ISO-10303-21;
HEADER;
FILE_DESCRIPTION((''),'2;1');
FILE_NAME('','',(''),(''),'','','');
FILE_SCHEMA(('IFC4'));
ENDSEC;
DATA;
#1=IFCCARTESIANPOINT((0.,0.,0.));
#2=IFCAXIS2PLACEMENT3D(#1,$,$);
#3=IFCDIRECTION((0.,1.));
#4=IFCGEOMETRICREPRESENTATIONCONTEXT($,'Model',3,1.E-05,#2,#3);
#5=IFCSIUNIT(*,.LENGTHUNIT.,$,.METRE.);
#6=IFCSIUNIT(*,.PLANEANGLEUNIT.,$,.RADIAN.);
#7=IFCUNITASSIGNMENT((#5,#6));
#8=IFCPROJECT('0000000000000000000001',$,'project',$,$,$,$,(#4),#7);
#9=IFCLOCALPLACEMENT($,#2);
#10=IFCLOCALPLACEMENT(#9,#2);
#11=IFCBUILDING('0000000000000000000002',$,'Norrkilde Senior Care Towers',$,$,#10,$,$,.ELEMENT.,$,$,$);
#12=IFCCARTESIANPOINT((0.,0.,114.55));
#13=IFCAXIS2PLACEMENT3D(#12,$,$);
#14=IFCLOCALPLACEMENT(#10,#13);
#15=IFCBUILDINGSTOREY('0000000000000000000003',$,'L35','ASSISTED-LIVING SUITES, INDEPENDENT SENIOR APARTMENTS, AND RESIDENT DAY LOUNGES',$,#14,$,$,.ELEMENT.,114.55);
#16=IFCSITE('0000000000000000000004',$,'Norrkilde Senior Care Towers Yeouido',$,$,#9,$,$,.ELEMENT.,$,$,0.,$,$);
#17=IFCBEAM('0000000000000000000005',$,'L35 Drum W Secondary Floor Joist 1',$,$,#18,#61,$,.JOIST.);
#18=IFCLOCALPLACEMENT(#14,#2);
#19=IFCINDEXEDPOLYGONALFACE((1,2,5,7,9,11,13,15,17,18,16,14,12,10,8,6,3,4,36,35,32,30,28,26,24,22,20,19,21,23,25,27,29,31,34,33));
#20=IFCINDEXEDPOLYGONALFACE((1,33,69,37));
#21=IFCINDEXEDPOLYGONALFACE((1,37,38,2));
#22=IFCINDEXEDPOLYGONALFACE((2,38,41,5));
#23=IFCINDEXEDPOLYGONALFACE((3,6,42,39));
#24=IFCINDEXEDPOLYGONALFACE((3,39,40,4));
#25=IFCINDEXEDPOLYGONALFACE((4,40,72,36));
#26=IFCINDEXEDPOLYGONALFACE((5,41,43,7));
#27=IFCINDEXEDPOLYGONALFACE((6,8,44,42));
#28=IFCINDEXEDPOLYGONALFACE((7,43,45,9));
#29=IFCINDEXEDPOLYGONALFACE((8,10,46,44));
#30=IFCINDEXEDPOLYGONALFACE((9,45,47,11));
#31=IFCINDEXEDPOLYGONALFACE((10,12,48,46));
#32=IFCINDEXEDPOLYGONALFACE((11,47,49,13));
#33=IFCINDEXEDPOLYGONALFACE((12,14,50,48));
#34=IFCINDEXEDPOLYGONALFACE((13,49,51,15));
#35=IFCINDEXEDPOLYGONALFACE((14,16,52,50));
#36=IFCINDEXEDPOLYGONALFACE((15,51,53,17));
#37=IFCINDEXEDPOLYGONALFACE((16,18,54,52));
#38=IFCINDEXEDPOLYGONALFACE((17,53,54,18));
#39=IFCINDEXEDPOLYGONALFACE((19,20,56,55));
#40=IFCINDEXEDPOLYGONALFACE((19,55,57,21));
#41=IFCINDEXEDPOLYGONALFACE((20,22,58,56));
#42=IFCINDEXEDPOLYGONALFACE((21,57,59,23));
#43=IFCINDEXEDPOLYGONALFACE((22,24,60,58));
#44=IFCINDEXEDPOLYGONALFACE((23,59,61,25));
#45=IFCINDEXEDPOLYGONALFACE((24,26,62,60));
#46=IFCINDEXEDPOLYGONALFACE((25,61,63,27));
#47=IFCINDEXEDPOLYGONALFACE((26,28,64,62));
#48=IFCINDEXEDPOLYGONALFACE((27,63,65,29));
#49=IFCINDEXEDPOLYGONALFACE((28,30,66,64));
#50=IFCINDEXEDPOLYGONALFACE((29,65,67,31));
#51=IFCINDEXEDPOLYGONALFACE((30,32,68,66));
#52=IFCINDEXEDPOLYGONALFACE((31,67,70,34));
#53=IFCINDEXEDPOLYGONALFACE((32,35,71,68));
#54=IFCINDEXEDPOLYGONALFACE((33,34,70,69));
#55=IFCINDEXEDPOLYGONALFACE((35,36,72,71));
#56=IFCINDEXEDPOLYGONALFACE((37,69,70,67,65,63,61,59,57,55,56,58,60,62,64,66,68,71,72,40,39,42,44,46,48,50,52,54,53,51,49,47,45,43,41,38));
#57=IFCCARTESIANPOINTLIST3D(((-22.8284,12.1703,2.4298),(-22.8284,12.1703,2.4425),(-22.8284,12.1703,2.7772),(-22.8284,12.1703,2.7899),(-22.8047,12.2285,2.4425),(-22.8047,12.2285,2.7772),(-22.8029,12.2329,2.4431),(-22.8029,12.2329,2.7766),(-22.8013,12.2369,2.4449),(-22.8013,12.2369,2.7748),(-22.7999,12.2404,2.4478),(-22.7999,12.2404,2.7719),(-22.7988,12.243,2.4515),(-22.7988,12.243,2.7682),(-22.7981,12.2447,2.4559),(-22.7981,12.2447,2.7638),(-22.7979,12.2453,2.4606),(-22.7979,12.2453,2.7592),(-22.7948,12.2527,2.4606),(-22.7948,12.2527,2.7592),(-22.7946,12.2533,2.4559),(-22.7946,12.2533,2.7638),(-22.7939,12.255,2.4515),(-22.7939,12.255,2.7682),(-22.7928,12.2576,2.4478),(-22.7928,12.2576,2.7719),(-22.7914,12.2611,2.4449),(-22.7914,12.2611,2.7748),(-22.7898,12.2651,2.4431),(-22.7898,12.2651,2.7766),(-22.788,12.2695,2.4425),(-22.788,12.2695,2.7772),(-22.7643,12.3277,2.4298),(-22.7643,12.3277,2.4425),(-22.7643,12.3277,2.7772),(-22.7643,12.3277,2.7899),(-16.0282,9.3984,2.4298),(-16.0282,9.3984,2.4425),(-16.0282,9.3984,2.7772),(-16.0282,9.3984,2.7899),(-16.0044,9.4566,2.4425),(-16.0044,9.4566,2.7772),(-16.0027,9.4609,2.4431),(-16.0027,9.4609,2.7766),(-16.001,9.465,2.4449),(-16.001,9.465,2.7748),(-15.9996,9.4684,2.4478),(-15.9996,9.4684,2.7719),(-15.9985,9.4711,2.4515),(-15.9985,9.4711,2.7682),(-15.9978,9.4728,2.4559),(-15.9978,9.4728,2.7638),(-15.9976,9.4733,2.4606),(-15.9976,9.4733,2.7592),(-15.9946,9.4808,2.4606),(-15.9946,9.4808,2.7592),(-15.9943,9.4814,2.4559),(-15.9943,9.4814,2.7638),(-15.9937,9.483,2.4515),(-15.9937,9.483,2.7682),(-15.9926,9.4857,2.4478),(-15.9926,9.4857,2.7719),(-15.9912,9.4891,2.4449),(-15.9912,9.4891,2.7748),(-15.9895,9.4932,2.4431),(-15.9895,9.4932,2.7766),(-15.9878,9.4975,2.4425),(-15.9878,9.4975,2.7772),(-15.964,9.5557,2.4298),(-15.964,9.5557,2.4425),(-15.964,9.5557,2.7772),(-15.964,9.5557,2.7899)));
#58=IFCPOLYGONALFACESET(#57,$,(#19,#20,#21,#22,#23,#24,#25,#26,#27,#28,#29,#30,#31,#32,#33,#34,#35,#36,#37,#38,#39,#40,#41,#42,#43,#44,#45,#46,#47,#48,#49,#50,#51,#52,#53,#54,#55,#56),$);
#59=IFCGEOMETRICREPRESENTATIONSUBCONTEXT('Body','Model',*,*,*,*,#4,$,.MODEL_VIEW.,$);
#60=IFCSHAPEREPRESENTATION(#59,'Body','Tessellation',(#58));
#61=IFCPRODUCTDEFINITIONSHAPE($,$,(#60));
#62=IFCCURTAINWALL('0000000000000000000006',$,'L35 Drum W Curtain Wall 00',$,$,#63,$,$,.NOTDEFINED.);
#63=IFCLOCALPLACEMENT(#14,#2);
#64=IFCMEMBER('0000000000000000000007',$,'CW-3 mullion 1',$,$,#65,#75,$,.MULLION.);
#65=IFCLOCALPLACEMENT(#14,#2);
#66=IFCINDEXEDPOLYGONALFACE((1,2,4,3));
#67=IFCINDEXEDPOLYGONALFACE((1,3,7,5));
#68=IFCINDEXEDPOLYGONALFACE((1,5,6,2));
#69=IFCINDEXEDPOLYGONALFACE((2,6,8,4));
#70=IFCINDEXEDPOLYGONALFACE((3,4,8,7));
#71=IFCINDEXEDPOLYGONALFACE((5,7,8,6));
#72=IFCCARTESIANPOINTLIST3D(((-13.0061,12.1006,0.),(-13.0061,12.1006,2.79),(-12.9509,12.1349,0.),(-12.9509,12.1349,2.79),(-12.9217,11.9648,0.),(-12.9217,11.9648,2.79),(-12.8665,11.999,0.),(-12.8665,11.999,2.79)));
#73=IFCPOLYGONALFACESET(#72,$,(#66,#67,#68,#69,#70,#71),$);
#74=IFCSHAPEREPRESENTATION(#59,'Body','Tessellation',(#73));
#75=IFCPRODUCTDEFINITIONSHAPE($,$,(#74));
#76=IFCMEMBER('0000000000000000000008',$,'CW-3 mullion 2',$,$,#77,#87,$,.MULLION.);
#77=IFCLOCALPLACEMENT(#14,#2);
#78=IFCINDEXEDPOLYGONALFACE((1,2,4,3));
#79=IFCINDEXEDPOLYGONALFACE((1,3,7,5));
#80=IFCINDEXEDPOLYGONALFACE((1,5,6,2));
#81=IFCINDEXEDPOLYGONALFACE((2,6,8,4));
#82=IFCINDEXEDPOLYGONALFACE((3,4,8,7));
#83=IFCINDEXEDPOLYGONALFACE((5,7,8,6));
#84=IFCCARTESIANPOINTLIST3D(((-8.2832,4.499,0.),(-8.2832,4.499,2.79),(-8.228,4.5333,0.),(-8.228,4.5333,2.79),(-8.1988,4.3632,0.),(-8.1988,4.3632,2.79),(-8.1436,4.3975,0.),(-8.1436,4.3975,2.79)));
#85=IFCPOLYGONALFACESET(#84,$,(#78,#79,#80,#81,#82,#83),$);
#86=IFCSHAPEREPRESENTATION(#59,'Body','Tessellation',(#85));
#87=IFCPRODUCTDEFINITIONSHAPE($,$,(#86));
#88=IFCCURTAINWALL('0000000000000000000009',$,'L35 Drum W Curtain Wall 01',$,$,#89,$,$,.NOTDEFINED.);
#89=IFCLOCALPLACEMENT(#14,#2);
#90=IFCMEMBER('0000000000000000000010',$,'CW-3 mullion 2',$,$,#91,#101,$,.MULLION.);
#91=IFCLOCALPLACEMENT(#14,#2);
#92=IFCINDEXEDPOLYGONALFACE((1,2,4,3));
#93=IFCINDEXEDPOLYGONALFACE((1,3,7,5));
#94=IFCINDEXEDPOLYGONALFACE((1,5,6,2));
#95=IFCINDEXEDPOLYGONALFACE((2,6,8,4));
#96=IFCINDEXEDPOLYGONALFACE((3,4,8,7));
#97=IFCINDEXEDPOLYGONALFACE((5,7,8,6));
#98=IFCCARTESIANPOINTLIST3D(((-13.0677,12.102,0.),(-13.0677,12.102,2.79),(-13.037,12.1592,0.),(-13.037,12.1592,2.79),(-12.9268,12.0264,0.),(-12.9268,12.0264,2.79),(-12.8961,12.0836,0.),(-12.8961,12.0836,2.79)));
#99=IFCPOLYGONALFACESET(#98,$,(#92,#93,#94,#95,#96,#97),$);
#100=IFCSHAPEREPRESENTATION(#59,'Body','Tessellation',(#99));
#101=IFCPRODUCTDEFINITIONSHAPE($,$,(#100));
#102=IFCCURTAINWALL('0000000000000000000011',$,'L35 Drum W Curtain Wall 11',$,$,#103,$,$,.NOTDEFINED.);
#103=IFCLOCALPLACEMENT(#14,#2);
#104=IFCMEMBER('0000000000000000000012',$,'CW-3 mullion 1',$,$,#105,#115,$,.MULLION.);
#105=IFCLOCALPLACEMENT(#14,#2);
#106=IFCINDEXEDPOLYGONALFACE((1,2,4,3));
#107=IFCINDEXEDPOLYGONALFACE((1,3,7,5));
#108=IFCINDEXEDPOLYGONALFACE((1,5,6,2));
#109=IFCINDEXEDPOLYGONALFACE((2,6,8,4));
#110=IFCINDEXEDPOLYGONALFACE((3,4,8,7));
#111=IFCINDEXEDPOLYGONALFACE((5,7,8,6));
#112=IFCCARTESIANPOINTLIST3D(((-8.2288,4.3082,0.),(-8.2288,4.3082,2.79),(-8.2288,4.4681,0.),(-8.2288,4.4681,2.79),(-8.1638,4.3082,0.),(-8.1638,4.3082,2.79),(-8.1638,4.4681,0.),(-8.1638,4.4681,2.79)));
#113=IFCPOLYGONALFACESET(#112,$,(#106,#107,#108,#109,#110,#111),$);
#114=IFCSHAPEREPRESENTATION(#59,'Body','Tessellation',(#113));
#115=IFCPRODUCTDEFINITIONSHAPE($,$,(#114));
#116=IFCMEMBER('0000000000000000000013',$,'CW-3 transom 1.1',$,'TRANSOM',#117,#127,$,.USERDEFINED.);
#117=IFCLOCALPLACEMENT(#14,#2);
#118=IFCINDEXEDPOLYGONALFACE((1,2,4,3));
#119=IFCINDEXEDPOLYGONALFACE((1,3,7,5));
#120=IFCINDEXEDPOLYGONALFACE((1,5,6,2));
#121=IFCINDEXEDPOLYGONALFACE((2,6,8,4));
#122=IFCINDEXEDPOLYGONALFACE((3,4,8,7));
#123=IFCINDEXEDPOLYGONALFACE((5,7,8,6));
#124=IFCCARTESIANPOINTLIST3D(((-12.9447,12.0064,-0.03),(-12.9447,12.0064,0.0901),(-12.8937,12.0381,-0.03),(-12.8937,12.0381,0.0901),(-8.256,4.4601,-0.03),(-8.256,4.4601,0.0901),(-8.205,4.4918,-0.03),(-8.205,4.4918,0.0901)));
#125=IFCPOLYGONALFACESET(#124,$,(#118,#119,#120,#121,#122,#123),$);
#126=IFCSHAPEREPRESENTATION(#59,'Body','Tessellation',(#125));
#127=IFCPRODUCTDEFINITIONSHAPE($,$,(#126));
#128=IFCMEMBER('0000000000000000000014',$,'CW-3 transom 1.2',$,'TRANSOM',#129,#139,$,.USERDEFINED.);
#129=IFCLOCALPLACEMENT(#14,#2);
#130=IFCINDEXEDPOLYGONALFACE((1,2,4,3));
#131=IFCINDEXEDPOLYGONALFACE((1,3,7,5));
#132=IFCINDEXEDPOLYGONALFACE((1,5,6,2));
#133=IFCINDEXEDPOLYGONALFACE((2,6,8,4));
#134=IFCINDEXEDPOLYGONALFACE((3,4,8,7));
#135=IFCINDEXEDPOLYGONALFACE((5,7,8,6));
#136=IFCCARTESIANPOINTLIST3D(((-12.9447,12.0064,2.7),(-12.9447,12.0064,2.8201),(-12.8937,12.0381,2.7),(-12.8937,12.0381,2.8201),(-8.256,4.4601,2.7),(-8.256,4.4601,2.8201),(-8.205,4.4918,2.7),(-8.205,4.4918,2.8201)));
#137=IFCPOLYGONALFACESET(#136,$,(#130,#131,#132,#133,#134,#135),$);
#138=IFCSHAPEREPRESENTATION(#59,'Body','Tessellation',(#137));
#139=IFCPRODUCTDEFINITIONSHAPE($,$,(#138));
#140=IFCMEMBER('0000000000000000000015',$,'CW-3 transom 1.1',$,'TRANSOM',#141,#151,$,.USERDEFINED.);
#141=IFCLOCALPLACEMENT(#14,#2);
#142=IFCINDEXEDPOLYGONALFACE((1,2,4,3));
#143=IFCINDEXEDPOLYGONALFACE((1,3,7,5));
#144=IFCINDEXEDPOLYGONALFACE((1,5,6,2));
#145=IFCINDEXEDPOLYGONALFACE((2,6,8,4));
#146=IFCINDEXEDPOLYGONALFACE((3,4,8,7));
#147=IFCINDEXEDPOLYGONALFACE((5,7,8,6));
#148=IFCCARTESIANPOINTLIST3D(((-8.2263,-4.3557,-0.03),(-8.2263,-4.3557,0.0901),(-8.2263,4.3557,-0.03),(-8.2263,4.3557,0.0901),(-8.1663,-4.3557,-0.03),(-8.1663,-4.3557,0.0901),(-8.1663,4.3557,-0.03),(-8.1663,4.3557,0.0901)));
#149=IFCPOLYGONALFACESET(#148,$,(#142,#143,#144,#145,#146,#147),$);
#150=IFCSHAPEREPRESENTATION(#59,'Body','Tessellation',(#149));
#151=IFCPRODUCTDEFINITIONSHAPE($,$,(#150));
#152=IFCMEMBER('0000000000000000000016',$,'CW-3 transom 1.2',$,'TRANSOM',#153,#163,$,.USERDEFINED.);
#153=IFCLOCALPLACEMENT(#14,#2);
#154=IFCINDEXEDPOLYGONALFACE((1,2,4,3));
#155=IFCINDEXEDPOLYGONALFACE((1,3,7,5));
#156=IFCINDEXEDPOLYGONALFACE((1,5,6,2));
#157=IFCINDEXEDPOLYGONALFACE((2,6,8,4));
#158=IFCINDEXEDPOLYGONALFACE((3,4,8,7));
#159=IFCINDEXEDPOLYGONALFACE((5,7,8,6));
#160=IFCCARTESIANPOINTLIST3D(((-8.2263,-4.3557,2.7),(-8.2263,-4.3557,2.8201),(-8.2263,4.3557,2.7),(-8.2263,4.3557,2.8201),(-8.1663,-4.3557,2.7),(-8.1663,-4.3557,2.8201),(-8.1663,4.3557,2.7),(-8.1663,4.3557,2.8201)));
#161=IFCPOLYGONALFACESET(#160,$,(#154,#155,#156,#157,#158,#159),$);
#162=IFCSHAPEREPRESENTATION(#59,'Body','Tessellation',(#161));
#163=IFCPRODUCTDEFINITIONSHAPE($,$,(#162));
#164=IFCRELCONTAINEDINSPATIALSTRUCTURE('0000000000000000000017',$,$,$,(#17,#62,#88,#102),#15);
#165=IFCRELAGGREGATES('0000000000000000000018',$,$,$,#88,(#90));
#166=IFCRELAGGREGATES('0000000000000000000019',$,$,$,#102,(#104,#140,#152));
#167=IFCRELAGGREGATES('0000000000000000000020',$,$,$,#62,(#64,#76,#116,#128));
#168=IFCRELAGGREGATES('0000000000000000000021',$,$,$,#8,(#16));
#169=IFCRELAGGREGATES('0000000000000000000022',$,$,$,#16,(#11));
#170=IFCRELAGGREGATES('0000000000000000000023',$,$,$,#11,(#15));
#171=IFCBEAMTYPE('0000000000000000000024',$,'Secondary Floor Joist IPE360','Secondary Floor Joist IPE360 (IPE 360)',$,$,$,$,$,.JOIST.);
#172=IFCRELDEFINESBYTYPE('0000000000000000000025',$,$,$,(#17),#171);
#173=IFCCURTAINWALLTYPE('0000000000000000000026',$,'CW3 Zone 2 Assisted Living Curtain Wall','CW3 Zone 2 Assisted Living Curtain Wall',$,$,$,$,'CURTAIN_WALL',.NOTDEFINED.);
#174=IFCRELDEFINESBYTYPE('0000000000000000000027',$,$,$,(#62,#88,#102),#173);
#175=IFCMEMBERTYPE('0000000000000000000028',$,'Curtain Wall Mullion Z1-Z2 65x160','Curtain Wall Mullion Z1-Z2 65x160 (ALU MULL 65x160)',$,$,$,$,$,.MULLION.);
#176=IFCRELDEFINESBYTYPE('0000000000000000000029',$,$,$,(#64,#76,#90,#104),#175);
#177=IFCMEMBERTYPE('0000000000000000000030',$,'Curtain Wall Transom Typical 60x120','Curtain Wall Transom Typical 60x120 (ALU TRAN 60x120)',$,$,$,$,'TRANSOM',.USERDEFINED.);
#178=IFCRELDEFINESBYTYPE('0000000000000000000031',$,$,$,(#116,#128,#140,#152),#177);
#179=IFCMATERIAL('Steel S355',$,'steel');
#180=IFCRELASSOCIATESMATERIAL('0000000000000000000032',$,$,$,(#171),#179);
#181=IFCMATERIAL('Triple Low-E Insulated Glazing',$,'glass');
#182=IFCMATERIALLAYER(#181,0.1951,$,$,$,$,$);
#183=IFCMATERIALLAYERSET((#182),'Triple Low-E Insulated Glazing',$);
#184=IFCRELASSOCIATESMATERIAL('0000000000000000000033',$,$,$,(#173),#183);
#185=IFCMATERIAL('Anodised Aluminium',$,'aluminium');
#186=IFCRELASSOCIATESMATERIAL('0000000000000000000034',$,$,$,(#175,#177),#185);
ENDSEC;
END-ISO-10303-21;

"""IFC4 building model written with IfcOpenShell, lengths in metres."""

from ifc_helpers import new_model, si_unit, direction, frame, origin, origin_2d, place, context, subcontext, project, spatial, rectangle, i_section, extrude, source, transform, mapped, material, layer, layer_set, material_profile, profile_set, type_object, type_shapes, element, aggregate, save


model = new_model("IFC4")

# Units and contexts
model_context = context("Model", 3, precision=1e-05, world=origin(), true_north=direction((0.0, 1.0)))
body_context = subcontext(model_context, "Body", "Model", "MODEL_VIEW")
ifc_project = project(units=[si_unit("LENGTHUNIT", "METRE"), si_unit("PLANEANGLEUNIT", "RADIAN")], contexts=[model_context])

# Site, building, storey
site_placement = place(None, origin())
site = spatial("IfcSite", under=ifc_project, at=site_placement, Name="Norrkilde Senior Care Towers Yeouido", CompositionType="ELEMENT", RefElevation=0.0)
building_placement = place(site_placement, origin())
building = spatial("IfcBuilding", under=site, at=building_placement, Name="Norrkilde Senior Care Towers", CompositionType="ELEMENT")
storey_placement = place(building_placement, frame((0.0, 0.0, 114.55)))
storey = spatial("IfcBuildingStorey", under=building, at=storey_placement, Name="L35", Description="ASSISTED-LIVING SUITES, INDEPENDENT SENIOR APARTMENTS, AND RESIDENT DAY LOUNGES", CompositionType="ELEMENT", Elevation=114.55)

# Beam
ifc_material_1 = material(Name="Steel S355", Category="steel")
ifc_material_profile_1 = material_profile(ifc_material_1, i_section(OverallWidth=0.1699, OverallDepth=0.3601, WebThickness=0.0081, FlangeThickness=0.0127, FilletRadius=0.0181, at=origin_2d()), Name="IPE 360")
ifc_profile_set_1 = profile_set([ifc_material_profile_1], Name="Steel S355")
beam_type_1 = type_object("IfcBeamType", Name="Secondary Floor Joist IPE360", Description="Secondary Floor Joist IPE360 (IPE 360)", PredefinedType="JOIST", material=ifc_profile_set_1)
shared_shape_1 = source(origin(), body_context, "Body", "SweptSolid", [
    extrude(i_section(OverallWidth=0.1699, OverallDepth=0.3601, WebThickness=0.0081, FlangeThickness=0.0127, FilletRadius=0.0181, at=origin_2d()), origin(), (0.0, 0.0, 1.0), 7.3435),
])
type_shapes(beam_type_1, [shared_shape_1])
beam_1_placement = place(storey_placement, frame((-15.9961, 9.4771, 2.6099), z_axis=(-0.926022, 0.37747, 0.0), x_axis=(-0.37747, -0.926022, 0.0)))
element("IfcBeam", 1, at=beam_1_placement, inside=storey, type_object=beam_type_1, Name="L35 Drum W Secondary Floor Joist 1", PredefinedType="JOIST", context=body_context, shape_type="MappedRepresentation", body=[
    mapped(shared_shape_1, transform((0.0, 0.0, 0.0), x_axis=(1.0, 0.0, 0.0), y_axis=(0.0, 1.0, 0.0), z_axis=(0.0, 0.0, 1.0), scale=1.0)),
])

# Curtain wall, members
ifc_material_2 = material(Name="Triple Low-E Insulated Glazing", Category="glass")
ifc_layer_1 = layer(ifc_material_2, 0.1951)
ifc_layer_set_1 = layer_set([ifc_layer_1], Name="Triple Low-E Insulated Glazing")
curtain_wall_type = type_object("IfcCurtainWallType", Name="CW3 Zone 2 Assisted Living Curtain Wall", Description="CW3 Zone 2 Assisted Living Curtain Wall", ElementType="CURTAIN_WALL", PredefinedType="NOTDEFINED", material=ifc_layer_set_1)
curtain_wall_1_placement = place(storey_placement, origin())
curtain_wall_1 = element("IfcCurtainWall", 2, at=curtain_wall_1_placement, inside=storey, type_object=curtain_wall_type, Name="L35 Drum W Curtain Wall 00", PredefinedType="NOTDEFINED")
ifc_material_3 = material(Name="Anodised Aluminium", Category="aluminium")
ifc_material_profile_2 = material_profile(ifc_material_3, rectangle(XDim=0.0649, YDim=0.1599, at=origin_2d()), Name="ALU MULL 65x160")
ifc_profile_set_2 = profile_set([ifc_material_profile_2], Name="Anodised Aluminium")
member_type_1 = type_object("IfcMemberType", Name="Curtain Wall Mullion Z1-Z2 65x160", Description="Curtain Wall Mullion Z1-Z2 65x160 (ALU MULL 65x160)", PredefinedType="MULLION", material=ifc_profile_set_2)
shared_shape_2 = source(origin(), body_context, "Body", "SweptSolid", [
    extrude(rectangle(XDim=0.0649, YDim=0.1599, at=origin_2d()), origin(), (0.0, 0.0, 1.0), 2.79),
])
type_shapes(member_type_1, [shared_shape_2])
member_1_placement = place(storey_placement, frame((-12.9363, 12.0498, 0.0), z_axis=(0.0, 0.0, 1.0), x_axis=(0.84941, 0.527733, 0.0)))
member_1 = element("IfcMember", 3, at=member_1_placement, type_object=member_type_1, Name="CW-3 mullion 1", PredefinedType="MULLION", context=body_context, shape_type="MappedRepresentation", body=[
    mapped(shared_shape_2, transform((0.0, 0.0, 0.0), x_axis=(1.0, 0.0, 0.0), y_axis=(0.0, 1.0, 0.0), z_axis=(0.0, 0.0, 1.0), scale=1.0)),
])
member_2_placement = place(storey_placement, frame((-8.2134, 4.4482, 0.0), z_axis=(0.0, 0.0, 1.0), x_axis=(0.84941, 0.527733, 0.0)))
member_2 = element("IfcMember", 4, at=member_2_placement, type_object=member_type_1, Name="CW-3 mullion 2", PredefinedType="MULLION", context=body_context, shape_type="MappedRepresentation", body=[
    mapped(shared_shape_2, transform((0.0, 0.0, 0.0), x_axis=(1.0, 0.0, 0.0), y_axis=(0.0, 1.0, 0.0), z_axis=(0.0, 0.0, 1.0), scale=1.0)),
])

# Curtain walls, members
curtain_wall_2_placement = place(storey_placement, origin())
curtain_wall_2 = element("IfcCurtainWall", 5, at=curtain_wall_2_placement, inside=storey, type_object=curtain_wall_type, Name="L35 Drum W Curtain Wall 01", PredefinedType="NOTDEFINED")
member_3_placement = place(storey_placement, frame((-12.9819, 12.0928, 0.0), z_axis=(0.0, 0.0, 1.0), x_axis=(0.472769, 0.881186, 0.0)))
member_3 = element("IfcMember", 6, at=member_3_placement, type_object=member_type_1, Name="CW-3 mullion 2", PredefinedType="MULLION", context=body_context, shape_type="MappedRepresentation", body=[
    mapped(shared_shape_2, transform((0.0, 0.0, 0.0), x_axis=(1.0, 0.0, 0.0), y_axis=(0.0, 1.0, 0.0), z_axis=(0.0, 0.0, 1.0), scale=1.0)),
])
aggregate(curtain_wall_2, [member_3])
curtain_wall_3_placement = place(storey_placement, origin())
curtain_wall_3 = element("IfcCurtainWall", 7, at=curtain_wall_3_placement, inside=storey, type_object=curtain_wall_type, Name="L35 Drum W Curtain Wall 11", PredefinedType="NOTDEFINED")
member_4_placement = place(storey_placement, frame((-8.1963, 4.3882, 0.0), z_axis=(0.0, 0.0, 1.0), x_axis=(1.0, 0.0, 0.0)))
member_4 = element("IfcMember", 8, at=member_4_placement, type_object=member_type_1, Name="CW-3 mullion 1", PredefinedType="MULLION", context=body_context, shape_type="MappedRepresentation", body=[
    mapped(shared_shape_2, transform((0.0, 0.0, 0.0), x_axis=(1.0, 0.0, 0.0), y_axis=(0.0, 1.0, 0.0), z_axis=(0.0, 0.0, 1.0), scale=1.0)),
])

# Members
ifc_material_profile_3 = material_profile(ifc_material_3, rectangle(XDim=0.0601, YDim=0.1201, at=origin_2d()), Name="ALU TRAN 60x120")
ifc_profile_set_3 = profile_set([ifc_material_profile_3], Name="Anodised Aluminium")
member_type_2 = type_object("IfcMemberType", Name="Curtain Wall Transom Typical 60x120", Description="Curtain Wall Transom Typical 60x120 (ALU TRAN 60x120)", ElementType="TRANSOM", PredefinedType="USERDEFINED", material=ifc_profile_set_3)
shared_shape_3 = source(origin(), body_context, "Body", "SweptSolid", [
    extrude(rectangle(XDim=0.0601, YDim=0.1201, at=origin_2d()), origin(), (0.0, 0.0, 1.0), 8.8843),
])
member_5_placement = place(storey_placement, frame((-12.9192, 12.0222, 0.03), z_axis=(0.527749, -0.8494, 0.0), x_axis=(0.8494, 0.527749, 0.0)))
member_5 = element("IfcMember", 9, at=member_5_placement, type_object=member_type_2, Name="CW-3 transom 1.1", ObjectType="TRANSOM", PredefinedType="USERDEFINED", context=body_context, shape_type="MappedRepresentation", body=[
    mapped(shared_shape_3, transform((0.0, 0.0, 0.0), x_axis=(1.0, 0.0, 0.0), y_axis=(0.0, 1.0, 0.0), z_axis=(0.0, 0.0, 1.0), scale=1.0)),
])
member_6_placement = place(storey_placement, frame((-12.9192, 12.0222, 2.76), z_axis=(0.527749, -0.8494, 0.0), x_axis=(0.8494, 0.527749, 0.0)))
member_6 = element("IfcMember", 10, at=member_6_placement, type_object=member_type_2, Name="CW-3 transom 1.2", ObjectType="TRANSOM", PredefinedType="USERDEFINED", context=body_context, shape_type="MappedRepresentation", body=[
    mapped(shared_shape_3, transform((0.0, 0.0, 0.0), x_axis=(1.0, 0.0, 0.0), y_axis=(0.0, 1.0, 0.0), z_axis=(0.0, 0.0, 1.0), scale=1.0)),
])
shared_shape_4 = source(origin(), body_context, "Body", "SweptSolid", [
    extrude(rectangle(XDim=0.0601, YDim=0.1201, at=origin_2d()), origin(), (0.0, 0.0, 1.0), 8.7114),
])
type_shapes(member_type_2, [shared_shape_3, shared_shape_4])
member_7_placement = place(storey_placement, frame((-8.1963, 4.3557, 0.03), z_axis=(0.0, -1.0, 0.0), x_axis=(1.0, 0.0, 0.0)))
member_7 = element("IfcMember", 11, at=member_7_placement, type_object=member_type_2, Name="CW-3 transom 1.1", ObjectType="TRANSOM", PredefinedType="USERDEFINED", context=body_context, shape_type="MappedRepresentation", body=[
    mapped(shared_shape_4, transform((0.0, 0.0, 0.0), x_axis=(1.0, 0.0, 0.0), y_axis=(0.0, 1.0, 0.0), z_axis=(0.0, 0.0, 1.0), scale=1.0)),
])
member_8_placement = place(storey_placement, frame((-8.1963, 4.3557, 2.76), z_axis=(0.0, -1.0, 0.0), x_axis=(1.0, 0.0, 0.0)))
member_8 = element("IfcMember", 12, at=member_8_placement, type_object=member_type_2, Name="CW-3 transom 1.2", ObjectType="TRANSOM", PredefinedType="USERDEFINED", context=body_context, shape_type="MappedRepresentation", body=[
    mapped(shared_shape_4, transform((0.0, 0.0, 0.0), x_axis=(1.0, 0.0, 0.0), y_axis=(0.0, 1.0, 0.0), z_axis=(0.0, 0.0, 1.0), scale=1.0)),
])
aggregate(curtain_wall_3, [member_4, member_7, member_8])

aggregate(curtain_wall_1, [member_1, member_2, member_5, member_6])

save(model, "model.ifc")
